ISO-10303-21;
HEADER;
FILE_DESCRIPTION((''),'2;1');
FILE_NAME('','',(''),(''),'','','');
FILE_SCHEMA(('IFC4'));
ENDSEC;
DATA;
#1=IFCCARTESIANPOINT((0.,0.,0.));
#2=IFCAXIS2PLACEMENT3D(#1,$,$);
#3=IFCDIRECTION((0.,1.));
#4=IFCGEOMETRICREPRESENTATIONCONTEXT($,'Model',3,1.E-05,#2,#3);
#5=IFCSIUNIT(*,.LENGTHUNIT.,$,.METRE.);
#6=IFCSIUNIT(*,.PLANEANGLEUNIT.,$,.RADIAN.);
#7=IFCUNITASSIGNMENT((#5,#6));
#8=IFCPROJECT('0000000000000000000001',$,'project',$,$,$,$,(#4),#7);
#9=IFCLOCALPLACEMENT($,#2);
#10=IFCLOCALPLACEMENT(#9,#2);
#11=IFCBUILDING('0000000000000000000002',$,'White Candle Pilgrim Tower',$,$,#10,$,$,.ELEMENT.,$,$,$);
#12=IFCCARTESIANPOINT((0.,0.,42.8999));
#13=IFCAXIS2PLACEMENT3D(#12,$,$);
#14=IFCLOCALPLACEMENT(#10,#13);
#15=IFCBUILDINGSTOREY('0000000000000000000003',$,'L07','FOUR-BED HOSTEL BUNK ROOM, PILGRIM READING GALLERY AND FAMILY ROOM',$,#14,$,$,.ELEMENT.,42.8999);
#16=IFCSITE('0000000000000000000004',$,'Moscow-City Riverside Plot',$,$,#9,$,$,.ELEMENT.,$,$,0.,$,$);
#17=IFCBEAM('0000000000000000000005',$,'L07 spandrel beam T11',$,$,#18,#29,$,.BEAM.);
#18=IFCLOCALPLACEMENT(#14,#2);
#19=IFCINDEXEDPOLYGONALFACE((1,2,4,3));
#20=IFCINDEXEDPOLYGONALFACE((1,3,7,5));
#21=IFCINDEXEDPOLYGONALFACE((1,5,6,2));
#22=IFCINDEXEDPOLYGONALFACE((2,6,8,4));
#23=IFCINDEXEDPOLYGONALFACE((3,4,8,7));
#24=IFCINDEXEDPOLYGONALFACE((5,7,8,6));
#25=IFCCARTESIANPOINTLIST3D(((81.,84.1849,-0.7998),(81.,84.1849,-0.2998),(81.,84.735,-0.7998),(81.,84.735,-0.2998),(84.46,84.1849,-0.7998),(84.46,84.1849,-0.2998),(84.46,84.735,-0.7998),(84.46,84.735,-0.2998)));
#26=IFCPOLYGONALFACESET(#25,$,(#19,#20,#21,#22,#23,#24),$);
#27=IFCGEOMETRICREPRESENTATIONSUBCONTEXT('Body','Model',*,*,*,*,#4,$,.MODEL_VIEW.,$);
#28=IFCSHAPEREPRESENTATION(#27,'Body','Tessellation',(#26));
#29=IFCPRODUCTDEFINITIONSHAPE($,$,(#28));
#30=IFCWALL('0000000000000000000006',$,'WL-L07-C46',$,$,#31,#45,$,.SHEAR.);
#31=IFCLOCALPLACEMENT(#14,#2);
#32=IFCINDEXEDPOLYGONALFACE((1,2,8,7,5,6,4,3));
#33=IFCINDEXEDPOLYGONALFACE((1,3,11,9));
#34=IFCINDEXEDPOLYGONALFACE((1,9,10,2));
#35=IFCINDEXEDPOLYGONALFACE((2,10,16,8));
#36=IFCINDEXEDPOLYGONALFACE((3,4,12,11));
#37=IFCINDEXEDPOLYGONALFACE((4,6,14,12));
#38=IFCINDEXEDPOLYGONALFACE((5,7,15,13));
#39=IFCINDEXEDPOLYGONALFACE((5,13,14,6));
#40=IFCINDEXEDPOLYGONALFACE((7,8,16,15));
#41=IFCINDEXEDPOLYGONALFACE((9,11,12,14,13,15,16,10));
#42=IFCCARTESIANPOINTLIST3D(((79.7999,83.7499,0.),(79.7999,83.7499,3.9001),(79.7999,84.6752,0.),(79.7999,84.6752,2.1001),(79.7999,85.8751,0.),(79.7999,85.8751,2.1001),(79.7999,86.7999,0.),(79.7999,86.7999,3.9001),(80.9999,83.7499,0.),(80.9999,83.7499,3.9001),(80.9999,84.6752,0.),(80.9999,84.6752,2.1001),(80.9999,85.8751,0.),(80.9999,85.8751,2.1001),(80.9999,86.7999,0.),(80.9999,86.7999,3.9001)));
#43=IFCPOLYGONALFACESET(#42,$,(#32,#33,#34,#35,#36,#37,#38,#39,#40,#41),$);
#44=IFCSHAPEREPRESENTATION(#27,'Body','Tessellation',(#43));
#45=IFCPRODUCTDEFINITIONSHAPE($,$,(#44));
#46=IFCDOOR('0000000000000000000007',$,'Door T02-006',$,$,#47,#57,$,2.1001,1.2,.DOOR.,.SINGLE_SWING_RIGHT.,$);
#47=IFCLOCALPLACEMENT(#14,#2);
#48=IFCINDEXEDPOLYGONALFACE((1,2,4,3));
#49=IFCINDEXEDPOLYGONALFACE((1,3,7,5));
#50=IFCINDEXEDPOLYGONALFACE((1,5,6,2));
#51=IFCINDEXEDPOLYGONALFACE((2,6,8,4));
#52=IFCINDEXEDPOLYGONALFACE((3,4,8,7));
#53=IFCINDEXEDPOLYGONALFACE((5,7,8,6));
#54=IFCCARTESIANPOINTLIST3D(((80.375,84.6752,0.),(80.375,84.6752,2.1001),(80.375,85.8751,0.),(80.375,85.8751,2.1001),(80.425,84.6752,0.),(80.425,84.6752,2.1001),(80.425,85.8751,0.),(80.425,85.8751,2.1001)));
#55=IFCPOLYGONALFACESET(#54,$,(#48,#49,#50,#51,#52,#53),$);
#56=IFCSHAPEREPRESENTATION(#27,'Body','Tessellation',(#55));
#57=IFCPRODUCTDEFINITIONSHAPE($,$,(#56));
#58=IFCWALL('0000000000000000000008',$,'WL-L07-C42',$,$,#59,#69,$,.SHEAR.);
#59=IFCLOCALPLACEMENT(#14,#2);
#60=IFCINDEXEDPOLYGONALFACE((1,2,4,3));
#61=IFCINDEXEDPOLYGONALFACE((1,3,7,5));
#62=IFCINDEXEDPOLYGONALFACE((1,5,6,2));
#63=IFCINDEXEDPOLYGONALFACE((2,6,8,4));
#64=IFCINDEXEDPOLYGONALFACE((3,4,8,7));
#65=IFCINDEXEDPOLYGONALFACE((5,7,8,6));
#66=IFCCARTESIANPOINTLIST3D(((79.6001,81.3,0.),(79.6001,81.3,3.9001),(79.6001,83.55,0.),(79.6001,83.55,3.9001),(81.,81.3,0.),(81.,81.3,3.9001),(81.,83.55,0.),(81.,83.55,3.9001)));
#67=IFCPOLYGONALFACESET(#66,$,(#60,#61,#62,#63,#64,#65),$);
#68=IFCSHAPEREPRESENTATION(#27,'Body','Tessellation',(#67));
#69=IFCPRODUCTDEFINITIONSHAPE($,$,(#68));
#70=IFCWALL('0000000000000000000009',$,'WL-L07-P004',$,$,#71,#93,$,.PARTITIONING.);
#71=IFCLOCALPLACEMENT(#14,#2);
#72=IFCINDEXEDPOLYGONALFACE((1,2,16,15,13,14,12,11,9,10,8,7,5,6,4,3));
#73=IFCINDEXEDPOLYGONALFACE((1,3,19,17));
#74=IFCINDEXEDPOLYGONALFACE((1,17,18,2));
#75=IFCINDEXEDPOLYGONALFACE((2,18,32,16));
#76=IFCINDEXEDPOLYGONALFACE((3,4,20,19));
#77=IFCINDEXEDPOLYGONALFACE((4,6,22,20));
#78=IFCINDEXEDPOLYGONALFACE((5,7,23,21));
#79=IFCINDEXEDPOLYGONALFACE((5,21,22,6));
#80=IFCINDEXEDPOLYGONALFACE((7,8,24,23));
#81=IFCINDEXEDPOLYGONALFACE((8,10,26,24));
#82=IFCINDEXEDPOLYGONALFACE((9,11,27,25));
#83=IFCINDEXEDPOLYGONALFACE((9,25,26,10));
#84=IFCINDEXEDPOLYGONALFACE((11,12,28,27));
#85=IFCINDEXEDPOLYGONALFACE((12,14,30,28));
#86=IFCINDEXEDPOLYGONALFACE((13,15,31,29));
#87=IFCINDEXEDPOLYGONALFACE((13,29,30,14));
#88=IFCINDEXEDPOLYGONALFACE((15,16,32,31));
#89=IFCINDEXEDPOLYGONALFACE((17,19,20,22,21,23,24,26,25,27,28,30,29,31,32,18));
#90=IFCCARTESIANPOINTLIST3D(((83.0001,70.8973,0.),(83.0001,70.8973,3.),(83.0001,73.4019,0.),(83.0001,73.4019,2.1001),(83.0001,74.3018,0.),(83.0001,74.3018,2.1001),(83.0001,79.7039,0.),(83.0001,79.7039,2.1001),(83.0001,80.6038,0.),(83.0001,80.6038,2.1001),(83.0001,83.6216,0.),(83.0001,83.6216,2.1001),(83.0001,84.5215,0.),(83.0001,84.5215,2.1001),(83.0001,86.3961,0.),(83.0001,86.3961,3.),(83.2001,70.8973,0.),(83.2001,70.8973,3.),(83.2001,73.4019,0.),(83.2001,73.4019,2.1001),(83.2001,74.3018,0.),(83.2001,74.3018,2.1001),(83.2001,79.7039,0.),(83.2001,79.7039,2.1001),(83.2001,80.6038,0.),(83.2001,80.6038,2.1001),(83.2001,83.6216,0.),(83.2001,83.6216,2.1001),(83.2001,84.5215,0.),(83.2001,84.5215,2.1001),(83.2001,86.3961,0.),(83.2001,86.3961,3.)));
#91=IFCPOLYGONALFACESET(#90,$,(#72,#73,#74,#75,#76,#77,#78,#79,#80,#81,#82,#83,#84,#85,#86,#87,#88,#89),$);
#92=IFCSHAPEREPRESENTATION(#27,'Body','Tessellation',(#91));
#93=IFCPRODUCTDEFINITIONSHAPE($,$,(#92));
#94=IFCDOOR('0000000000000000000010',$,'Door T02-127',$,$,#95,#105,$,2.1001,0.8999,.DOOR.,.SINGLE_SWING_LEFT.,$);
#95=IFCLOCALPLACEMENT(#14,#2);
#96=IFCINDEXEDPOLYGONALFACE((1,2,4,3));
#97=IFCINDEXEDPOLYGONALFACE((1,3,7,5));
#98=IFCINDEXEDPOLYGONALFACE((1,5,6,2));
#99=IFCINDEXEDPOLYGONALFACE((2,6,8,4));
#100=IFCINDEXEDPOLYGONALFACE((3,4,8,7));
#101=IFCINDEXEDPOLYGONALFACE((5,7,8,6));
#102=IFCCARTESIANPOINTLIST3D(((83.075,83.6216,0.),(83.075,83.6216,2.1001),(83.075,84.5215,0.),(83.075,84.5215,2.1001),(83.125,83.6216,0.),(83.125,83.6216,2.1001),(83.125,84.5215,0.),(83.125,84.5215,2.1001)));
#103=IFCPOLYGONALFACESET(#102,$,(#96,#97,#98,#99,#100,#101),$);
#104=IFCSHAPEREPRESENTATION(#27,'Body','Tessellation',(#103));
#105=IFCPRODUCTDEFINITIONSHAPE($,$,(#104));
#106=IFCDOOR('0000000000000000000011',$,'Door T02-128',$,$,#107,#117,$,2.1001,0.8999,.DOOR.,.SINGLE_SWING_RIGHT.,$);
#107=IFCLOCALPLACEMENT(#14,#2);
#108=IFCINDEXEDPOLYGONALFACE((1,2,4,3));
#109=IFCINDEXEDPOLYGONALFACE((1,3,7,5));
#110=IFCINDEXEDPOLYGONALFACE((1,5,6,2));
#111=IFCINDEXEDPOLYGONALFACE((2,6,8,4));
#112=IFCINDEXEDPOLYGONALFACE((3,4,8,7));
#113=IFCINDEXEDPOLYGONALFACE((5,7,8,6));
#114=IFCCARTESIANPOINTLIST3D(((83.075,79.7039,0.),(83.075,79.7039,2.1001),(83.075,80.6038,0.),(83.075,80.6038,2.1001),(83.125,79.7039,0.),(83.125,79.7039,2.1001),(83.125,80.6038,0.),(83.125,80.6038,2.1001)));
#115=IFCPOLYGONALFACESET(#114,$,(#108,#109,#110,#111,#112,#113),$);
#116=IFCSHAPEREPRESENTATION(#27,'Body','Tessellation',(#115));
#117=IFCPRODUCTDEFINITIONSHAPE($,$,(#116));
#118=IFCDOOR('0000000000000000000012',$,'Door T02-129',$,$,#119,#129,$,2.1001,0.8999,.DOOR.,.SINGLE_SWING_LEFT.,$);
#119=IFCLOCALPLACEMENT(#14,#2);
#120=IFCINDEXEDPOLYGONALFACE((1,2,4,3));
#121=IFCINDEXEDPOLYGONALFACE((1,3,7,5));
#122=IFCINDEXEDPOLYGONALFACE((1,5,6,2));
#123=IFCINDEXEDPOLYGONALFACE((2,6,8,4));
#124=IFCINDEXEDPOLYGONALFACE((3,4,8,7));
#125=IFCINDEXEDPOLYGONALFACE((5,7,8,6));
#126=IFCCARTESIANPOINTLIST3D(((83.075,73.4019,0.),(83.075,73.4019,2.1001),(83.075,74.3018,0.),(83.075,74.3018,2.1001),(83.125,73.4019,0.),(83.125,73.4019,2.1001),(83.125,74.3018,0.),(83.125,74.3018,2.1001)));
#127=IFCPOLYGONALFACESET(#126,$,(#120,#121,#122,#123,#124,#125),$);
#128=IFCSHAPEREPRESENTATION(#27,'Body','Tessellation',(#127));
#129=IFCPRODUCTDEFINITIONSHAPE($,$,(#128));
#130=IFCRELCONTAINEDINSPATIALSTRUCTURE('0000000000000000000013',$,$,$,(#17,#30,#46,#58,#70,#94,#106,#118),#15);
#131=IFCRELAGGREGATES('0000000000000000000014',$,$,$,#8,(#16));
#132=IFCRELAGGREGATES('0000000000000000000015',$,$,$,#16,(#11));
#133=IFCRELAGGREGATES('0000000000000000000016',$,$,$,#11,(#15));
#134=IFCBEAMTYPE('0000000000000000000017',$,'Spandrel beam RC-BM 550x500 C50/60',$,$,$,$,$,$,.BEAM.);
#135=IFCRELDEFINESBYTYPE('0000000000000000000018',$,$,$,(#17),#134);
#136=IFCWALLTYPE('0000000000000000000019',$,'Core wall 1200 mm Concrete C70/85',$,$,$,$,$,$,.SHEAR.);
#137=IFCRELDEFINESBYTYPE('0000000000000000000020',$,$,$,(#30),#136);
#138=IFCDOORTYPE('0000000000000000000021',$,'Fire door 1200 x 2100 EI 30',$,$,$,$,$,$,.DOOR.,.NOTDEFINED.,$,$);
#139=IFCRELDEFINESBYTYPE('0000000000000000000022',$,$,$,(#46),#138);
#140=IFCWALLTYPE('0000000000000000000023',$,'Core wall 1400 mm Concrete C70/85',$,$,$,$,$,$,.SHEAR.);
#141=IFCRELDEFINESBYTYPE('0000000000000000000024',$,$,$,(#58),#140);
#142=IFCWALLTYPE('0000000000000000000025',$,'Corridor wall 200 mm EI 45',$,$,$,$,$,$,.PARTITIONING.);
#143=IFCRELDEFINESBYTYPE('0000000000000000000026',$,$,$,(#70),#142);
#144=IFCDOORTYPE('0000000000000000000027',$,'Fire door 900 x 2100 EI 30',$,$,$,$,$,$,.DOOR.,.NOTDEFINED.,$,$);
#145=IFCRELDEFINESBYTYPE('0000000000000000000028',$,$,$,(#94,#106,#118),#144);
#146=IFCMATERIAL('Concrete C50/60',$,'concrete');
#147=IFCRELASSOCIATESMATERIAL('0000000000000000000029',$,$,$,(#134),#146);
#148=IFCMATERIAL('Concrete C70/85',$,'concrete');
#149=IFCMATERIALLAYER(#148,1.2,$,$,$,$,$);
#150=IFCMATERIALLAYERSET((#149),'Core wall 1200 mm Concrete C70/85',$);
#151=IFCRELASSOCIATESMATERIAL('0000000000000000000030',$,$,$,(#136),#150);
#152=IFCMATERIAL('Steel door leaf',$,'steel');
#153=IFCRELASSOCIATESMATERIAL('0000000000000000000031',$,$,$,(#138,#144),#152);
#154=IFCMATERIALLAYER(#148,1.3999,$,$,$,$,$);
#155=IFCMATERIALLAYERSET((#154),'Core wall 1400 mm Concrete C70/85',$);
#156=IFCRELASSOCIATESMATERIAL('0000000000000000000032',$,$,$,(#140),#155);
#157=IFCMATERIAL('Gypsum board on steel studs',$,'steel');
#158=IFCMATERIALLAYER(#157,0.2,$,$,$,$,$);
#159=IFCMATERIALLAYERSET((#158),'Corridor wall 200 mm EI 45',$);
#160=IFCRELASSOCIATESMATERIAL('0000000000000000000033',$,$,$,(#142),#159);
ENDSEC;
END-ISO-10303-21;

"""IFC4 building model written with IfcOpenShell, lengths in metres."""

from ifc_helpers import new_model, si_unit, direction, frame, frame_2d, origin, origin_2d, place, context, subcontext, project, spatial, rectangle, extrude, material, layer, layer_set, material_profile, profile_set, type_object, element, fill, save


model = new_model("IFC4")

# Units and contexts
model_context = context("Model", 3, precision=1e-05, world=origin(), true_north=direction((0.0, 1.0)))
body_context = subcontext(model_context, "Body", "Model", "MODEL_VIEW")
ifc_project = project(units=[si_unit("LENGTHUNIT", "METRE"), si_unit("PLANEANGLEUNIT", "RADIAN")], contexts=[model_context])

# Site, building, storey
site_placement = place(None, origin())
site = spatial("IfcSite", under=ifc_project, at=site_placement, Name="Moscow-City Riverside Plot", CompositionType="ELEMENT", RefElevation=0.0)
building_placement = place(site_placement, origin())
building = spatial("IfcBuilding", under=site, at=building_placement, Name="White Candle Pilgrim Tower", CompositionType="ELEMENT")
storey_placement = place(building_placement, frame((0.0, 0.0, 42.8999)))
storey = spatial("IfcBuildingStorey", under=building, at=storey_placement, Name="L07", Description="FOUR-BED HOSTEL BUNK ROOM, PILGRIM READING GALLERY AND FAMILY ROOM", CompositionType="ELEMENT", Elevation=42.8999)

# Beam
ifc_material_1 = material(Name="Concrete C50/60", Category="concrete")
ifc_material_profile_1 = material_profile(ifc_material_1, rectangle(XDim=0.55, YDim=0.5, at=origin_2d()), Name="RC-BM 550x500")
ifc_profile_set_1 = profile_set([ifc_material_profile_1], Name="Concrete C50/60")
beam_type_1 = type_object("IfcBeamType", Name="Spandrel beam RC-BM 550x500 C50/60", PredefinedType="BEAM", material=ifc_profile_set_1)
beam_1_placement = place(storey_placement, frame((84.46, 84.46, -0.5498), z_axis=(-1.0, 0.0, 0.0), x_axis=(0.0, -1.0, 0.0)))
element("IfcBeam", 1, at=beam_1_placement, inside=storey, type_object=beam_type_1, Name="L07 spandrel beam T11", PredefinedType="BEAM", context=body_context, shape_type="SweptSolid", body=[
    extrude(rectangle(XDim=0.55, YDim=0.5, at=origin_2d()), origin(), (0.0, 0.0, 1.0), 3.46),
])

# Wall, opening, door
ifc_material_2 = material(Name="Concrete C70/85", Category="concrete")
ifc_layer_1 = layer(ifc_material_2, 1.2)
ifc_layer_set_1 = layer_set([ifc_layer_1], Name="Core wall 1200 mm Concrete C70/85")
wall_type_1 = type_object("IfcWallType", Name="Core wall 1200 mm Concrete C70/85", PredefinedType="SHEAR", material=ifc_layer_set_1)
wall_1_placement = place(storey_placement, frame((80.3999, 83.75, 0.0), z_axis=(0.0, 0.0, 1.0), x_axis=(0.0, 1.0, 0.0)))
wall_1 = element("IfcWall", 2, at=wall_1_placement, inside=storey, type_object=wall_type_1, Name="WL-L07-C46", PredefinedType="SHEAR", context=body_context, shape_type="SweptSolid", body=[
    extrude(rectangle(XDim=3.05, YDim=1.2, at=frame_2d((1.5249, 0.0))), origin(), (0.0, 0.0, 1.0), 3.9001),
])
opening_1_placement = place(wall_1_placement, frame((0.925, 0.0, 0.0)))
opening_1 = element("IfcOpeningElement", 3, at=opening_1_placement, cuts=wall_1, PredefinedType="OPENING", context=body_context, shape_type="SweptSolid", body=[
    extrude(rectangle(XDim=1.2, YDim=2.1001, at=frame_2d((0.6001, 1.05))), frame((0.0, 0.6099, 0.0), z_axis=(0.0, -1.0, 0.0), x_axis=(1.0, 0.0, 0.0)), (0.0, 0.0, 1.0), 1.22),
])
ifc_material_3 = material(Name="Steel door leaf", Category="steel")
door_type_1 = type_object("IfcDoorType", Name="Fire door 1200 x 2100 EI 30", OperationType="NOTDEFINED", PredefinedType="DOOR", material=ifc_material_3)
door_1_placement = place(opening_1_placement, origin())
door_1 = element("IfcDoor", 4, at=door_1_placement, inside=storey, type_object=door_type_1, Name="Door T02-006", OperationType="SINGLE_SWING_RIGHT", OverallHeight=2.1001, OverallWidth=1.2, PredefinedType="DOOR", context=body_context, shape_type="SweptSolid", body=[
    extrude(rectangle(XDim=1.2, YDim=2.1001, at=frame_2d((0.6001, 1.05))), frame((0.0, 0.0249, 0.0), z_axis=(0.0, -1.0, 0.0), x_axis=(1.0, 0.0, 0.0)), (0.0, 0.0, 1.0), 0.05),
])
fill(opening_1, door_1)

# Wall
ifc_layer_2 = layer(ifc_material_2, 1.3999)
ifc_layer_set_2 = layer_set([ifc_layer_2], Name="Core wall 1400 mm Concrete C70/85")
wall_type_2 = type_object("IfcWallType", Name="Core wall 1400 mm Concrete C70/85", PredefinedType="SHEAR", material=ifc_layer_set_2)
wall_2_placement = place(storey_placement, frame((80.3, 81.3, 0.0), z_axis=(0.0, 0.0, 1.0), x_axis=(0.0, 1.0, 0.0)))
element("IfcWall", 5, at=wall_2_placement, inside=storey, type_object=wall_type_2, Name="WL-L07-C42", PredefinedType="SHEAR", context=body_context, shape_type="SweptSolid", body=[
    extrude(rectangle(XDim=2.25, YDim=1.3999, at=frame_2d((1.125, 0.0))), origin(), (0.0, 0.0, 1.0), 3.9001),
])

# Wall, openings, doors
ifc_material_4 = material(Name="Gypsum board on steel studs", Category="steel")
ifc_layer_3 = layer(ifc_material_4, 0.2)
ifc_layer_set_3 = layer_set([ifc_layer_3], Name="Corridor wall 200 mm EI 45")
wall_type_3 = type_object("IfcWallType", Name="Corridor wall 200 mm EI 45", PredefinedType="PARTITIONING", material=ifc_layer_set_3)
wall_3_placement = place(storey_placement, frame((83.1001, 86.3962, 0.0), z_axis=(0.0, 0.0, 1.0), x_axis=(0.0, -1.0, 0.0)))
wall_3 = element("IfcWall", 6, at=wall_3_placement, inside=storey, type_object=wall_type_3, Name="WL-L07-P004", PredefinedType="PARTITIONING", context=body_context, shape_type="SweptSolid", body=[
    extrude(rectangle(XDim=15.4988, YDim=0.2, at=frame_2d((7.7495, 0.0))), origin(), (0.0, 0.0, 1.0), 3.0),
])
opening_2_placement = place(wall_3_placement, frame((1.8748, 0.0, 0.0)))
opening_2 = element("IfcOpeningElement", 7, at=opening_2_placement, cuts=wall_3, PredefinedType="OPENING", context=body_context, shape_type="SweptSolid", body=[
    extrude(rectangle(XDim=0.8999, YDim=2.1001, at=frame_2d((0.45, 1.05))), frame((0.0, 0.1099, 0.0), z_axis=(0.0, -1.0, 0.0), x_axis=(1.0, 0.0, 0.0)), (0.0, 0.0, 1.0), 0.22),
])
opening_3_placement = place(wall_3_placement, frame((5.7925, 0.0, 0.0)))
opening_3 = element("IfcOpeningElement", 8, at=opening_3_placement, cuts=wall_3, PredefinedType="OPENING", context=body_context, shape_type="SweptSolid", body=[
    extrude(rectangle(XDim=0.8999, YDim=2.1001, at=frame_2d((0.45, 1.05))), frame((0.0, 0.1099, 0.0), z_axis=(0.0, -1.0, 0.0), x_axis=(1.0, 0.0, 0.0)), (0.0, 0.0, 1.0), 0.22),
])
opening_4_placement = place(wall_3_placement, frame((12.0945, 0.0, 0.0)))
opening_4 = element("IfcOpeningElement", 9, at=opening_4_placement, cuts=wall_3, PredefinedType="OPENING", context=body_context, shape_type="SweptSolid", body=[
    extrude(rectangle(XDim=0.8999, YDim=2.1001, at=frame_2d((0.45, 1.05))), frame((0.0, 0.1099, 0.0), z_axis=(0.0, -1.0, 0.0), x_axis=(1.0, 0.0, 0.0)), (0.0, 0.0, 1.0), 0.22),
])
door_type_2 = type_object("IfcDoorType", Name="Fire door 900 x 2100 EI 30", OperationType="NOTDEFINED", PredefinedType="DOOR", material=ifc_material_3)
door_2_placement = place(opening_2_placement, origin())
door_2 = element("IfcDoor", 10, at=door_2_placement, inside=storey, type_object=door_type_2, Name="Door T02-127", OperationType="SINGLE_SWING_LEFT", OverallHeight=2.1001, OverallWidth=0.8999, PredefinedType="DOOR", context=body_context, shape_type="SweptSolid", body=[
    extrude(rectangle(XDim=0.8999, YDim=2.1001, at=frame_2d((0.45, 1.05))), frame((0.0, 0.0249, 0.0), z_axis=(0.0, -1.0, 0.0), x_axis=(1.0, 0.0, 0.0)), (0.0, 0.0, 1.0), 0.05),
])
fill(opening_2, door_2)
door_3_placement = place(opening_3_placement, origin())
door_3 = element("IfcDoor", 11, at=door_3_placement, inside=storey, type_object=door_type_2, Name="Door T02-128", OperationType="SINGLE_SWING_RIGHT", OverallHeight=2.1001, OverallWidth=0.8999, PredefinedType="DOOR", context=body_context, shape_type="SweptSolid", body=[
    extrude(rectangle(XDim=0.8999, YDim=2.1001, at=frame_2d((0.45, 1.05))), frame((0.0, 0.0249, 0.0), z_axis=(0.0, -1.0, 0.0), x_axis=(1.0, 0.0, 0.0)), (0.0, 0.0, 1.0), 0.05),
])
fill(opening_3, door_3)
door_4_placement = place(opening_4_placement, origin())
door_4 = element("IfcDoor", 12, at=door_4_placement, inside=storey, type_object=door_type_2, Name="Door T02-129", OperationType="SINGLE_SWING_LEFT", OverallHeight=2.1001, OverallWidth=0.8999, PredefinedType="DOOR", context=body_context, shape_type="SweptSolid", body=[
    extrude(rectangle(XDim=0.8999, YDim=2.1001, at=frame_2d((0.45, 1.05))), frame((0.0, 0.0249, 0.0), z_axis=(0.0, -1.0, 0.0), x_axis=(1.0, 0.0, 0.0)), (0.0, 0.0, 1.0), 0.05),
])
fill(opening_4, door_4)

save(model, "model.ifc")
